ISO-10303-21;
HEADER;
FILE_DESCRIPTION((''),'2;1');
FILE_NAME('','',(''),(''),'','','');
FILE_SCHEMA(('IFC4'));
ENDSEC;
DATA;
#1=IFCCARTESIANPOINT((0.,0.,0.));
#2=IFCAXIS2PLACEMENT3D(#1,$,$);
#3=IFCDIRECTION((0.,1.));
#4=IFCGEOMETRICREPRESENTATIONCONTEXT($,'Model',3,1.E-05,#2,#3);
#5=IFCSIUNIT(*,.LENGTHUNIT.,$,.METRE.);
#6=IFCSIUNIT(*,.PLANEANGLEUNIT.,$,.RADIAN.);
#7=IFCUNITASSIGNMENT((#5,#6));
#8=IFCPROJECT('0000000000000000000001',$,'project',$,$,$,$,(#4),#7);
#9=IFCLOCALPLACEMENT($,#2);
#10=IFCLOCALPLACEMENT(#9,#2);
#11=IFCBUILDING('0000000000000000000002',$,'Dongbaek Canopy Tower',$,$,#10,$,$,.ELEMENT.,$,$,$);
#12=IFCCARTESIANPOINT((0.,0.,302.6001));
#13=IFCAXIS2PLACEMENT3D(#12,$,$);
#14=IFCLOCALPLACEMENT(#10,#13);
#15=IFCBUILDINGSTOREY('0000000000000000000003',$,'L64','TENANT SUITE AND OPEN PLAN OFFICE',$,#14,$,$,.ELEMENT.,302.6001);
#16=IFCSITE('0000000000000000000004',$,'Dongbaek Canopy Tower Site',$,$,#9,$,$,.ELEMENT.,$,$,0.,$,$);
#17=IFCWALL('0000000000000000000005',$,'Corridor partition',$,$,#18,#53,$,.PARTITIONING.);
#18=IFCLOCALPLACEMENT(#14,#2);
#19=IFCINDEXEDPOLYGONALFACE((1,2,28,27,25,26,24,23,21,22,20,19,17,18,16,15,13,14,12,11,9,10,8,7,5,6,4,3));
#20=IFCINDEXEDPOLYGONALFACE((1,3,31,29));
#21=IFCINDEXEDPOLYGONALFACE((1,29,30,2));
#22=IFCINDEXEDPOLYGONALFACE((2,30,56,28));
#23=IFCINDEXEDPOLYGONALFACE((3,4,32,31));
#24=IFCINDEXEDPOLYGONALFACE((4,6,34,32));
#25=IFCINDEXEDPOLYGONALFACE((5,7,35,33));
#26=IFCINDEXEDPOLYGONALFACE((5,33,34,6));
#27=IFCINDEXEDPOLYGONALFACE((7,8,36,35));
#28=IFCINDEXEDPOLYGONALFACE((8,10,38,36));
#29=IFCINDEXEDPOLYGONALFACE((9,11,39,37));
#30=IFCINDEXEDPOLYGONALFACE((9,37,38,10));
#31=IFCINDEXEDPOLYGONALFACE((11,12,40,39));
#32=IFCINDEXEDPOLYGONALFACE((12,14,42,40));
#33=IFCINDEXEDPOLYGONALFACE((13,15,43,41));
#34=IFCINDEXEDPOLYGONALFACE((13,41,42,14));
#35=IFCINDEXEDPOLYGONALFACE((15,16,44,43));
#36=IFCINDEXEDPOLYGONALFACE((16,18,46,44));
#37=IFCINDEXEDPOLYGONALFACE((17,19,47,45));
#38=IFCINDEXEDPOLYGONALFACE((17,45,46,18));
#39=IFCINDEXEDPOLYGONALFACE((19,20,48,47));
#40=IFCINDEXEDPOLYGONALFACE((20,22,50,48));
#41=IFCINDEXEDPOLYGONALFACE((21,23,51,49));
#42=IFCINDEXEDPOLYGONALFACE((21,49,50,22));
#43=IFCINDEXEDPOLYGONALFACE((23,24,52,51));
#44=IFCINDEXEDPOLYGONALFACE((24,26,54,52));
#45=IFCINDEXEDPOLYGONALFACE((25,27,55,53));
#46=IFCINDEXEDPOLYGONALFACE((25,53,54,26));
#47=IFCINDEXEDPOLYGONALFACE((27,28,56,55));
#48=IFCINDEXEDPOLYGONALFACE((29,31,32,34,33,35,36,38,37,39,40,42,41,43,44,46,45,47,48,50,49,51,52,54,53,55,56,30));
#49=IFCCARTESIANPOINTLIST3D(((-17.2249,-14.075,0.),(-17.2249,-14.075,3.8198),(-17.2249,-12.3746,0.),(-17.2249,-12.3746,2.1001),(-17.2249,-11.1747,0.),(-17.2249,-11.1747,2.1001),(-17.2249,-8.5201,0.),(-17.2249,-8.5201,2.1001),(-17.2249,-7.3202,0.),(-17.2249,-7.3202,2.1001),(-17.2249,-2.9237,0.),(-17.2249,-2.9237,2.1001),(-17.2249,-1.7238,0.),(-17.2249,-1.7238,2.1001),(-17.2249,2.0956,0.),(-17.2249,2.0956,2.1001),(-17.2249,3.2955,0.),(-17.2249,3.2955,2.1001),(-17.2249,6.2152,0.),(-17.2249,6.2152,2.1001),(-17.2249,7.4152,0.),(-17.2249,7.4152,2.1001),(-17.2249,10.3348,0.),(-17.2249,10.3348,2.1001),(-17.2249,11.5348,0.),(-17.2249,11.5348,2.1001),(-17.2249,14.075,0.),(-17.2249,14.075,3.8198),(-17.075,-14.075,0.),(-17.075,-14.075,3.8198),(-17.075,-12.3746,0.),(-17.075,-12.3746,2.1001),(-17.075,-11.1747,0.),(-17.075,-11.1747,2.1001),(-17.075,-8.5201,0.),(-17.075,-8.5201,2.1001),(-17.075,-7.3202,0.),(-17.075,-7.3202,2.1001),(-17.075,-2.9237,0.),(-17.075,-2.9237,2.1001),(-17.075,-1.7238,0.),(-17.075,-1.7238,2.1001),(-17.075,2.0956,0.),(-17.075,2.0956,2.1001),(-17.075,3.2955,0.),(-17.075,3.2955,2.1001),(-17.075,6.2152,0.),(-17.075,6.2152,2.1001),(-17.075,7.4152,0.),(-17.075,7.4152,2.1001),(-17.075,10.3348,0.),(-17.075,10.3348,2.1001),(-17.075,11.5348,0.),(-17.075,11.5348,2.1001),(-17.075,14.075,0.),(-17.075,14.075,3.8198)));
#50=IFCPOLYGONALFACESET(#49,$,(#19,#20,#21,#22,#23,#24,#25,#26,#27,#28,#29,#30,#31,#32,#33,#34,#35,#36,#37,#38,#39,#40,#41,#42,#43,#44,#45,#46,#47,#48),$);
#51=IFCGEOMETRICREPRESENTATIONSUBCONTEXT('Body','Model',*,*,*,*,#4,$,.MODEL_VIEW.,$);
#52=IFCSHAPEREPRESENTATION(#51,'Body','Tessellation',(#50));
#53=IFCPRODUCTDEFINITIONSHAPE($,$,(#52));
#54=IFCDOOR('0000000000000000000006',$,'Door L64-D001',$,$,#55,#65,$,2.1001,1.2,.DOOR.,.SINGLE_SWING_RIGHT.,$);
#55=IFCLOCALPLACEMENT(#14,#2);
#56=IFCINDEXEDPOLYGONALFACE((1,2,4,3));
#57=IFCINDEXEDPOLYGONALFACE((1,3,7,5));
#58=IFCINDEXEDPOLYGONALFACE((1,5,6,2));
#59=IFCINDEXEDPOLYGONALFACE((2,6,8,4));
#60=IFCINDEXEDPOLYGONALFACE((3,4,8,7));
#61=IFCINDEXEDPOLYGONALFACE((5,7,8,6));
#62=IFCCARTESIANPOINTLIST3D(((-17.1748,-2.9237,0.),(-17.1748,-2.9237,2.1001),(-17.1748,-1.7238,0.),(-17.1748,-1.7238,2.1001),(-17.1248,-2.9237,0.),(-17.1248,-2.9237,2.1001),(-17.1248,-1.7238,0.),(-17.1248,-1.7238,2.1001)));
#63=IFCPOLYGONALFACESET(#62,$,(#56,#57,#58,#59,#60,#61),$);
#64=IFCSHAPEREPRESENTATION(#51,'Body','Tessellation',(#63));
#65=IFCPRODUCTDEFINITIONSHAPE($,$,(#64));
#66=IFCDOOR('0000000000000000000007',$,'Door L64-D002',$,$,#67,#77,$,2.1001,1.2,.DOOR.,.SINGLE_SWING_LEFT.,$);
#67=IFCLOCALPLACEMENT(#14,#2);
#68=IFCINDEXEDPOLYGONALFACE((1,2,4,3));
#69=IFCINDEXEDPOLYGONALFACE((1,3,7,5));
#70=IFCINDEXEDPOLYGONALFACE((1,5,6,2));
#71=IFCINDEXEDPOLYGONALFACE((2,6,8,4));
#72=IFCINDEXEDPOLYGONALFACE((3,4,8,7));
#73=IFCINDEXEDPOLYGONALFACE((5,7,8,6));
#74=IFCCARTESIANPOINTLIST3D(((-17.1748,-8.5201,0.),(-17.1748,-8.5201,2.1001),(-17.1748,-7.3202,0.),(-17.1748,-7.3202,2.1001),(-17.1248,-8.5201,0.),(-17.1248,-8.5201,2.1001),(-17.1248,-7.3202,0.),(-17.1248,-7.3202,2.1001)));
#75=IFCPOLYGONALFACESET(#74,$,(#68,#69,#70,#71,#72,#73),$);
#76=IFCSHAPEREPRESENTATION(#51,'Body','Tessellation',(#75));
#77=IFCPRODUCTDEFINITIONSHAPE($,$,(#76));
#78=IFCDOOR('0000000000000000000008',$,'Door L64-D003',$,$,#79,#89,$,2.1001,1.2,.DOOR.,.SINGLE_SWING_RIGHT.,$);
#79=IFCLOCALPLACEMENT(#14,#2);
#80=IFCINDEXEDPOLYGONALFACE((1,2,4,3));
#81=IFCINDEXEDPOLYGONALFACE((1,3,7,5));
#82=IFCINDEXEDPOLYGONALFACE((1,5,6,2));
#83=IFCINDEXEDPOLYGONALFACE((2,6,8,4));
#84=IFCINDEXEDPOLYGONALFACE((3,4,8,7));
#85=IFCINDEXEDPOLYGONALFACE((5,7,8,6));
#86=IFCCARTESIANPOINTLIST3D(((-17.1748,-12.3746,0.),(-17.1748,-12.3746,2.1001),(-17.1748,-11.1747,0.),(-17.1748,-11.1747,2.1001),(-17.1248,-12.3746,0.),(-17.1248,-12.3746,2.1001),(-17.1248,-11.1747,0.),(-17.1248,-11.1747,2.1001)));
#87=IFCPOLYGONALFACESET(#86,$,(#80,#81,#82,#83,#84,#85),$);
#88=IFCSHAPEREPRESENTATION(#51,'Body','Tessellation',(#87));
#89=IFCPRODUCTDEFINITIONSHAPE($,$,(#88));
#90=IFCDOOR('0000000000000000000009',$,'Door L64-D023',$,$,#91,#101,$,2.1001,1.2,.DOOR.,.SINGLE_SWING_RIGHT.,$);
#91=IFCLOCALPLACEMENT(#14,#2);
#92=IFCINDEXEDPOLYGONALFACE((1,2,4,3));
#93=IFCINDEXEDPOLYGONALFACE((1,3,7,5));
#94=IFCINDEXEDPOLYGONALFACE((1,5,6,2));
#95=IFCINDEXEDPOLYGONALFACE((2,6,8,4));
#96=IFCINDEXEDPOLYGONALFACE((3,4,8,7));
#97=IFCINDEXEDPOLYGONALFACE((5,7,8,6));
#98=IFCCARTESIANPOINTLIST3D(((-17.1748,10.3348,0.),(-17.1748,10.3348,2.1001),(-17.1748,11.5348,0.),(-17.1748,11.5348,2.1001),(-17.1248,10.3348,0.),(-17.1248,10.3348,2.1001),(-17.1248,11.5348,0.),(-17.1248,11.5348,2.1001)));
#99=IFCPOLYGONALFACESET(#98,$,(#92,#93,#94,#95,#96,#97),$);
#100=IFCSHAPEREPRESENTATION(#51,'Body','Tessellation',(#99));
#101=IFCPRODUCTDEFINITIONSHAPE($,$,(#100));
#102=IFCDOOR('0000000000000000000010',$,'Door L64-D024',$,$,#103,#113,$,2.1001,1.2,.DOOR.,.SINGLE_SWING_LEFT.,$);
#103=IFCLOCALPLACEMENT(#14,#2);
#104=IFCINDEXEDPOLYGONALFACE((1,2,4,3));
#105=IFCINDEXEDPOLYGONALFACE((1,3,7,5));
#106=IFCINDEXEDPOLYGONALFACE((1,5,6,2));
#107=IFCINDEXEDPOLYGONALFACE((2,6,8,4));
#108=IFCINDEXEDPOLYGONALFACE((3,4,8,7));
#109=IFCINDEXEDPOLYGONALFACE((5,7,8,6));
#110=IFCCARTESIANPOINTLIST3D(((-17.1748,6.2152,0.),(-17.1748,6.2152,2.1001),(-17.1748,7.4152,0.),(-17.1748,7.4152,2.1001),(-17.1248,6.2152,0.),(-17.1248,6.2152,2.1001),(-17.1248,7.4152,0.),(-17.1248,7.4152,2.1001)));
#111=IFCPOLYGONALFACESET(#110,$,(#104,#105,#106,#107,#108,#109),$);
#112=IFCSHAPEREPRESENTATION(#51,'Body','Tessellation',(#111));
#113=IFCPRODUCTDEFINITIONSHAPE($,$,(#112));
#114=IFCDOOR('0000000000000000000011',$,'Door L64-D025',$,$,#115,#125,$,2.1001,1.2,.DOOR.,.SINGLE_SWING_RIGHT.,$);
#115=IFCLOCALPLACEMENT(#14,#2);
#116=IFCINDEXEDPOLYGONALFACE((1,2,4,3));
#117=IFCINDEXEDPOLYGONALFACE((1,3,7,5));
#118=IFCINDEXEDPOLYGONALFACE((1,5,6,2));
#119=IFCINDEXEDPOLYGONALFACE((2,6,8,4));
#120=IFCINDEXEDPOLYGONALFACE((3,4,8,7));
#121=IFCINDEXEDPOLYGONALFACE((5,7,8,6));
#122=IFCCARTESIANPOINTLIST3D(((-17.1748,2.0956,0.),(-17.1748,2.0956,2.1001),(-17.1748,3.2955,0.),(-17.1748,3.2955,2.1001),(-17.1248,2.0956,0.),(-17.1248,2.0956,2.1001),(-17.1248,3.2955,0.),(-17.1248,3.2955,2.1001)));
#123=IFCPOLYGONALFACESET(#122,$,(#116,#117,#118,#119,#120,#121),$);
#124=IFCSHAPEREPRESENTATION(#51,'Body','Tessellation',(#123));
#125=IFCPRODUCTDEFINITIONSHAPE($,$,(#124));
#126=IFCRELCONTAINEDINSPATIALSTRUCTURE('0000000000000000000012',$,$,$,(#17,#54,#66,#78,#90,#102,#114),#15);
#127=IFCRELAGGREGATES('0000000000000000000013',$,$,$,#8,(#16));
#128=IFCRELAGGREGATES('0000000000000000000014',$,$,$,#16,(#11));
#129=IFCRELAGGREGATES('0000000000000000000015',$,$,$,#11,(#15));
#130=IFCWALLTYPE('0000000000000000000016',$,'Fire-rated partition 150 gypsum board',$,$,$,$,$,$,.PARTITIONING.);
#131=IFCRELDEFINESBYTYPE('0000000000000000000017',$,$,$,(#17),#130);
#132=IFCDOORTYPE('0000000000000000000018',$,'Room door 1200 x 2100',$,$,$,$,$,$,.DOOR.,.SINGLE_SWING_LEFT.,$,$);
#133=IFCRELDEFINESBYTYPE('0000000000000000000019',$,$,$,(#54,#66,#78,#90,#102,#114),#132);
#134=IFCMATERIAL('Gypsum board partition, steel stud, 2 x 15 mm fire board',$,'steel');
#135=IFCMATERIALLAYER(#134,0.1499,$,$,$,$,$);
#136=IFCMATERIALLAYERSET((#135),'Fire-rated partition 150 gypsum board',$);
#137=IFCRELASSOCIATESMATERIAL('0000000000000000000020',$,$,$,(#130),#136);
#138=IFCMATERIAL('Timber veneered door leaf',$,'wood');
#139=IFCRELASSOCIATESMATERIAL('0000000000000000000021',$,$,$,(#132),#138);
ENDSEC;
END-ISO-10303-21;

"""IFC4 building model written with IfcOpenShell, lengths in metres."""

from ifc_helpers import new_model, si_unit, direction, frame, frame_2d, origin, place, context, subcontext, project, spatial, rectangle, extrude, material, layer, layer_set, type_object, element, fill, save


model = new_model("IFC4")

# Units and contexts
model_context = context("Model", 3, precision=1e-05, world=origin(), true_north=direction((0.0, 1.0)))
body_context = subcontext(model_context, "Body", "Model", "MODEL_VIEW")
ifc_project = project(units=[si_unit("LENGTHUNIT", "METRE"), si_unit("PLANEANGLEUNIT", "RADIAN")], contexts=[model_context])

# Site, building, storey
site_placement = place(None, origin())
site = spatial("IfcSite", under=ifc_project, at=site_placement, Name="Dongbaek Canopy Tower Site", CompositionType="ELEMENT", RefElevation=0.0)
building_placement = place(site_placement, origin())
building = spatial("IfcBuilding", under=site, at=building_placement, Name="Dongbaek Canopy Tower", CompositionType="ELEMENT")
storey_placement = place(building_placement, frame((0.0, 0.0, 302.6001)))
storey = spatial("IfcBuildingStorey", under=building, at=storey_placement, Name="L64", Description="TENANT SUITE AND OPEN PLAN OFFICE", CompositionType="ELEMENT", Elevation=302.6001)

# Wall, openings, doors
ifc_material_1 = material(Name="Gypsum board partition, steel stud, 2 x 15 mm fire board", Category="steel")
ifc_layer_1 = layer(ifc_material_1, 0.1499)
ifc_layer_set_1 = layer_set([ifc_layer_1], Name="Fire-rated partition 150 gypsum board")
wall_type_1 = type_object("IfcWallType", Name="Fire-rated partition 150 gypsum board", PredefinedType="PARTITIONING", material=ifc_layer_set_1)
wall_1_placement = place(storey_placement, frame((-17.1499, -14.075, 0.0), z_axis=(0.0, 0.0, 1.0), x_axis=(0.0, 1.0, 0.0)))
wall_1 = element("IfcWall", 1, at=wall_1_placement, inside=storey, type_object=wall_type_1, Name="Corridor partition", PredefinedType="PARTITIONING", context=body_context, shape_type="SweptSolid", body=[
    extrude(rectangle(XDim=28.1499, YDim=0.1499, at=frame_2d((14.075, 0.0))), origin(), (0.0, 0.0, 1.0), 3.8198),
])
opening_1_placement = place(wall_1_placement, frame((11.1511, 0.0, 0.0)))
opening_1 = element("IfcOpeningElement", 2, at=opening_1_placement, cuts=wall_1, PredefinedType="OPENING", context=body_context, shape_type="SweptSolid", body=[
    extrude(rectangle(XDim=1.2, YDim=2.1001, at=frame_2d((0.6001, 1.05))), frame((0.0, 0.085, 0.0), z_axis=(0.0, -1.0, 0.0), x_axis=(1.0, 0.0, 0.0)), (0.0, 0.0, 1.0), 0.1699),
])
opening_2_placement = place(wall_1_placement, frame((5.5547, 0.0, 0.0)))
opening_2 = element("IfcOpeningElement", 3, at=opening_2_placement, cuts=wall_1, PredefinedType="OPENING", context=body_context, shape_type="SweptSolid", body=[
    extrude(rectangle(XDim=1.2, YDim=2.1001, at=frame_2d((0.6001, 1.05))), frame((0.0, 0.085, 0.0), z_axis=(0.0, -1.0, 0.0), x_axis=(1.0, 0.0, 0.0)), (0.0, 0.0, 1.0), 0.1699),
])
opening_3_placement = place(wall_1_placement, frame((1.7002, 0.0, 0.0)))
opening_3 = element("IfcOpeningElement", 4, at=opening_3_placement, cuts=wall_1, PredefinedType="OPENING", context=body_context, shape_type="SweptSolid", body=[
    extrude(rectangle(XDim=1.2, YDim=2.1001, at=frame_2d((0.6001, 1.05))), frame((0.0, 0.085, 0.0), z_axis=(0.0, -1.0, 0.0), x_axis=(1.0, 0.0, 0.0)), (0.0, 0.0, 1.0), 0.1699),
])
opening_4_placement = place(wall_1_placement, frame((24.4097, 0.0, 0.0)))
opening_4 = element("IfcOpeningElement", 5, at=opening_4_placement, cuts=wall_1, PredefinedType="OPENING", context=body_context, shape_type="SweptSolid", body=[
    extrude(rectangle(XDim=1.2, YDim=2.1001, at=frame_2d((0.6001, 1.05))), frame((0.0, 0.085, 0.0), z_axis=(0.0, -1.0, 0.0), x_axis=(1.0, 0.0, 0.0)), (0.0, 0.0, 1.0), 0.1699),
])
opening_5_placement = place(wall_1_placement, frame((20.29, 0.0, 0.0)))
opening_5 = element("IfcOpeningElement", 6, at=opening_5_placement, cuts=wall_1, PredefinedType="OPENING", context=body_context, shape_type="SweptSolid", body=[
    extrude(rectangle(XDim=1.2, YDim=2.1001, at=frame_2d((0.6001, 1.05))), frame((0.0, 0.085, 0.0), z_axis=(0.0, -1.0, 0.0), x_axis=(1.0, 0.0, 0.0)), (0.0, 0.0, 1.0), 0.1699),
])
opening_6_placement = place(wall_1_placement, frame((16.1704, 0.0, 0.0)))
opening_6 = element("IfcOpeningElement", 7, at=opening_6_placement, cuts=wall_1, PredefinedType="OPENING", context=body_context, shape_type="SweptSolid", body=[
    extrude(rectangle(XDim=1.2, YDim=2.1001, at=frame_2d((0.6001, 1.05))), frame((0.0, 0.085, 0.0), z_axis=(0.0, -1.0, 0.0), x_axis=(1.0, 0.0, 0.0)), (0.0, 0.0, 1.0), 0.1699),
])
ifc_material_2 = material(Name="Timber veneered door leaf", Category="wood")
door_type_1 = type_object("IfcDoorType", Name="Room door 1200 x 2100", OperationType="SINGLE_SWING_LEFT", PredefinedType="DOOR", material=ifc_material_2)
door_1_placement = place(opening_1_placement, origin())
door_1 = element("IfcDoor", 8, at=door_1_placement, inside=storey, type_object=door_type_1, Name="Door L64-D001", OperationType="SINGLE_SWING_RIGHT", OverallHeight=2.1001, OverallWidth=1.2, PredefinedType="DOOR", context=body_context, shape_type="SweptSolid", body=[
    extrude(rectangle(XDim=1.2, YDim=2.1001, at=frame_2d((0.6001, 1.05))), frame((0.0, 0.0249, 0.0), z_axis=(0.0, -1.0, 0.0), x_axis=(1.0, 0.0, 0.0)), (0.0, 0.0, 1.0), 0.05),
])
fill(opening_1, door_1)
door_2_placement = place(opening_2_placement, origin())
door_2 = element("IfcDoor", 9, at=door_2_placement, inside=storey, type_object=door_type_1, Name="Door L64-D002", OperationType="SINGLE_SWING_LEFT", OverallHeight=2.1001, OverallWidth=1.2, PredefinedType="DOOR", context=body_context, shape_type="SweptSolid", body=[
    extrude(rectangle(XDim=1.2, YDim=2.1001, at=frame_2d((0.6001, 1.05))), frame((0.0, 0.0249, 0.0), z_axis=(0.0, -1.0, 0.0), x_axis=(1.0, 0.0, 0.0)), (0.0, 0.0, 1.0), 0.05),
])
fill(opening_2, door_2)
door_3_placement = place(opening_3_placement, origin())
door_3 = element("IfcDoor", 10, at=door_3_placement, inside=storey, type_object=door_type_1, Name="Door L64-D003", OperationType="SINGLE_SWING_RIGHT", OverallHeight=2.1001, OverallWidth=1.2, PredefinedType="DOOR", context=body_context, shape_type="SweptSolid", body=[
    extrude(rectangle(XDim=1.2, YDim=2.1001, at=frame_2d((0.6001, 1.05))), frame((0.0, 0.0249, 0.0), z_axis=(0.0, -1.0, 0.0), x_axis=(1.0, 0.0, 0.0)), (0.0, 0.0, 1.0), 0.05),
])
fill(opening_3, door_3)
door_4_placement = place(opening_4_placement, origin())
door_4 = element("IfcDoor", 11, at=door_4_placement, inside=storey, type_object=door_type_1, Name="Door L64-D023", OperationType="SINGLE_SWING_RIGHT", OverallHeight=2.1001, OverallWidth=1.2, PredefinedType="DOOR", context=body_context, shape_type="SweptSolid", body=[
    extrude(rectangle(XDim=1.2, YDim=2.1001, at=frame_2d((0.6001, 1.05))), frame((0.0, 0.0249, 0.0), z_axis=(0.0, -1.0, 0.0), x_axis=(1.0, 0.0, 0.0)), (0.0, 0.0, 1.0), 0.05),
])
fill(opening_4, door_4)
door_5_placement = place(opening_5_placement, origin())
door_5 = element("IfcDoor", 12, at=door_5_placement, inside=storey, type_object=door_type_1, Name="Door L64-D024", OperationType="SINGLE_SWING_LEFT", OverallHeight=2.1001, OverallWidth=1.2, PredefinedType="DOOR", context=body_context, shape_type="SweptSolid", body=[
    extrude(rectangle(XDim=1.2, YDim=2.1001, at=frame_2d((0.6001, 1.05))), frame((0.0, 0.0249, 0.0), z_axis=(0.0, -1.0, 0.0), x_axis=(1.0, 0.0, 0.0)), (0.0, 0.0, 1.0), 0.05),
])
fill(opening_5, door_5)
door_6_placement = place(opening_6_placement, origin())
door_6 = element("IfcDoor", 13, at=door_6_placement, inside=storey, type_object=door_type_1, Name="Door L64-D025", OperationType="SINGLE_SWING_RIGHT", OverallHeight=2.1001, OverallWidth=1.2, PredefinedType="DOOR", context=body_context, shape_type="SweptSolid", body=[
    extrude(rectangle(XDim=1.2, YDim=2.1001, at=frame_2d((0.6001, 1.05))), frame((0.0, 0.0249, 0.0), z_axis=(0.0, -1.0, 0.0), x_axis=(1.0, 0.0, 0.0)), (0.0, 0.0, 1.0), 0.05),
])
fill(opening_6, door_6)

save(model, "model.ifc")
